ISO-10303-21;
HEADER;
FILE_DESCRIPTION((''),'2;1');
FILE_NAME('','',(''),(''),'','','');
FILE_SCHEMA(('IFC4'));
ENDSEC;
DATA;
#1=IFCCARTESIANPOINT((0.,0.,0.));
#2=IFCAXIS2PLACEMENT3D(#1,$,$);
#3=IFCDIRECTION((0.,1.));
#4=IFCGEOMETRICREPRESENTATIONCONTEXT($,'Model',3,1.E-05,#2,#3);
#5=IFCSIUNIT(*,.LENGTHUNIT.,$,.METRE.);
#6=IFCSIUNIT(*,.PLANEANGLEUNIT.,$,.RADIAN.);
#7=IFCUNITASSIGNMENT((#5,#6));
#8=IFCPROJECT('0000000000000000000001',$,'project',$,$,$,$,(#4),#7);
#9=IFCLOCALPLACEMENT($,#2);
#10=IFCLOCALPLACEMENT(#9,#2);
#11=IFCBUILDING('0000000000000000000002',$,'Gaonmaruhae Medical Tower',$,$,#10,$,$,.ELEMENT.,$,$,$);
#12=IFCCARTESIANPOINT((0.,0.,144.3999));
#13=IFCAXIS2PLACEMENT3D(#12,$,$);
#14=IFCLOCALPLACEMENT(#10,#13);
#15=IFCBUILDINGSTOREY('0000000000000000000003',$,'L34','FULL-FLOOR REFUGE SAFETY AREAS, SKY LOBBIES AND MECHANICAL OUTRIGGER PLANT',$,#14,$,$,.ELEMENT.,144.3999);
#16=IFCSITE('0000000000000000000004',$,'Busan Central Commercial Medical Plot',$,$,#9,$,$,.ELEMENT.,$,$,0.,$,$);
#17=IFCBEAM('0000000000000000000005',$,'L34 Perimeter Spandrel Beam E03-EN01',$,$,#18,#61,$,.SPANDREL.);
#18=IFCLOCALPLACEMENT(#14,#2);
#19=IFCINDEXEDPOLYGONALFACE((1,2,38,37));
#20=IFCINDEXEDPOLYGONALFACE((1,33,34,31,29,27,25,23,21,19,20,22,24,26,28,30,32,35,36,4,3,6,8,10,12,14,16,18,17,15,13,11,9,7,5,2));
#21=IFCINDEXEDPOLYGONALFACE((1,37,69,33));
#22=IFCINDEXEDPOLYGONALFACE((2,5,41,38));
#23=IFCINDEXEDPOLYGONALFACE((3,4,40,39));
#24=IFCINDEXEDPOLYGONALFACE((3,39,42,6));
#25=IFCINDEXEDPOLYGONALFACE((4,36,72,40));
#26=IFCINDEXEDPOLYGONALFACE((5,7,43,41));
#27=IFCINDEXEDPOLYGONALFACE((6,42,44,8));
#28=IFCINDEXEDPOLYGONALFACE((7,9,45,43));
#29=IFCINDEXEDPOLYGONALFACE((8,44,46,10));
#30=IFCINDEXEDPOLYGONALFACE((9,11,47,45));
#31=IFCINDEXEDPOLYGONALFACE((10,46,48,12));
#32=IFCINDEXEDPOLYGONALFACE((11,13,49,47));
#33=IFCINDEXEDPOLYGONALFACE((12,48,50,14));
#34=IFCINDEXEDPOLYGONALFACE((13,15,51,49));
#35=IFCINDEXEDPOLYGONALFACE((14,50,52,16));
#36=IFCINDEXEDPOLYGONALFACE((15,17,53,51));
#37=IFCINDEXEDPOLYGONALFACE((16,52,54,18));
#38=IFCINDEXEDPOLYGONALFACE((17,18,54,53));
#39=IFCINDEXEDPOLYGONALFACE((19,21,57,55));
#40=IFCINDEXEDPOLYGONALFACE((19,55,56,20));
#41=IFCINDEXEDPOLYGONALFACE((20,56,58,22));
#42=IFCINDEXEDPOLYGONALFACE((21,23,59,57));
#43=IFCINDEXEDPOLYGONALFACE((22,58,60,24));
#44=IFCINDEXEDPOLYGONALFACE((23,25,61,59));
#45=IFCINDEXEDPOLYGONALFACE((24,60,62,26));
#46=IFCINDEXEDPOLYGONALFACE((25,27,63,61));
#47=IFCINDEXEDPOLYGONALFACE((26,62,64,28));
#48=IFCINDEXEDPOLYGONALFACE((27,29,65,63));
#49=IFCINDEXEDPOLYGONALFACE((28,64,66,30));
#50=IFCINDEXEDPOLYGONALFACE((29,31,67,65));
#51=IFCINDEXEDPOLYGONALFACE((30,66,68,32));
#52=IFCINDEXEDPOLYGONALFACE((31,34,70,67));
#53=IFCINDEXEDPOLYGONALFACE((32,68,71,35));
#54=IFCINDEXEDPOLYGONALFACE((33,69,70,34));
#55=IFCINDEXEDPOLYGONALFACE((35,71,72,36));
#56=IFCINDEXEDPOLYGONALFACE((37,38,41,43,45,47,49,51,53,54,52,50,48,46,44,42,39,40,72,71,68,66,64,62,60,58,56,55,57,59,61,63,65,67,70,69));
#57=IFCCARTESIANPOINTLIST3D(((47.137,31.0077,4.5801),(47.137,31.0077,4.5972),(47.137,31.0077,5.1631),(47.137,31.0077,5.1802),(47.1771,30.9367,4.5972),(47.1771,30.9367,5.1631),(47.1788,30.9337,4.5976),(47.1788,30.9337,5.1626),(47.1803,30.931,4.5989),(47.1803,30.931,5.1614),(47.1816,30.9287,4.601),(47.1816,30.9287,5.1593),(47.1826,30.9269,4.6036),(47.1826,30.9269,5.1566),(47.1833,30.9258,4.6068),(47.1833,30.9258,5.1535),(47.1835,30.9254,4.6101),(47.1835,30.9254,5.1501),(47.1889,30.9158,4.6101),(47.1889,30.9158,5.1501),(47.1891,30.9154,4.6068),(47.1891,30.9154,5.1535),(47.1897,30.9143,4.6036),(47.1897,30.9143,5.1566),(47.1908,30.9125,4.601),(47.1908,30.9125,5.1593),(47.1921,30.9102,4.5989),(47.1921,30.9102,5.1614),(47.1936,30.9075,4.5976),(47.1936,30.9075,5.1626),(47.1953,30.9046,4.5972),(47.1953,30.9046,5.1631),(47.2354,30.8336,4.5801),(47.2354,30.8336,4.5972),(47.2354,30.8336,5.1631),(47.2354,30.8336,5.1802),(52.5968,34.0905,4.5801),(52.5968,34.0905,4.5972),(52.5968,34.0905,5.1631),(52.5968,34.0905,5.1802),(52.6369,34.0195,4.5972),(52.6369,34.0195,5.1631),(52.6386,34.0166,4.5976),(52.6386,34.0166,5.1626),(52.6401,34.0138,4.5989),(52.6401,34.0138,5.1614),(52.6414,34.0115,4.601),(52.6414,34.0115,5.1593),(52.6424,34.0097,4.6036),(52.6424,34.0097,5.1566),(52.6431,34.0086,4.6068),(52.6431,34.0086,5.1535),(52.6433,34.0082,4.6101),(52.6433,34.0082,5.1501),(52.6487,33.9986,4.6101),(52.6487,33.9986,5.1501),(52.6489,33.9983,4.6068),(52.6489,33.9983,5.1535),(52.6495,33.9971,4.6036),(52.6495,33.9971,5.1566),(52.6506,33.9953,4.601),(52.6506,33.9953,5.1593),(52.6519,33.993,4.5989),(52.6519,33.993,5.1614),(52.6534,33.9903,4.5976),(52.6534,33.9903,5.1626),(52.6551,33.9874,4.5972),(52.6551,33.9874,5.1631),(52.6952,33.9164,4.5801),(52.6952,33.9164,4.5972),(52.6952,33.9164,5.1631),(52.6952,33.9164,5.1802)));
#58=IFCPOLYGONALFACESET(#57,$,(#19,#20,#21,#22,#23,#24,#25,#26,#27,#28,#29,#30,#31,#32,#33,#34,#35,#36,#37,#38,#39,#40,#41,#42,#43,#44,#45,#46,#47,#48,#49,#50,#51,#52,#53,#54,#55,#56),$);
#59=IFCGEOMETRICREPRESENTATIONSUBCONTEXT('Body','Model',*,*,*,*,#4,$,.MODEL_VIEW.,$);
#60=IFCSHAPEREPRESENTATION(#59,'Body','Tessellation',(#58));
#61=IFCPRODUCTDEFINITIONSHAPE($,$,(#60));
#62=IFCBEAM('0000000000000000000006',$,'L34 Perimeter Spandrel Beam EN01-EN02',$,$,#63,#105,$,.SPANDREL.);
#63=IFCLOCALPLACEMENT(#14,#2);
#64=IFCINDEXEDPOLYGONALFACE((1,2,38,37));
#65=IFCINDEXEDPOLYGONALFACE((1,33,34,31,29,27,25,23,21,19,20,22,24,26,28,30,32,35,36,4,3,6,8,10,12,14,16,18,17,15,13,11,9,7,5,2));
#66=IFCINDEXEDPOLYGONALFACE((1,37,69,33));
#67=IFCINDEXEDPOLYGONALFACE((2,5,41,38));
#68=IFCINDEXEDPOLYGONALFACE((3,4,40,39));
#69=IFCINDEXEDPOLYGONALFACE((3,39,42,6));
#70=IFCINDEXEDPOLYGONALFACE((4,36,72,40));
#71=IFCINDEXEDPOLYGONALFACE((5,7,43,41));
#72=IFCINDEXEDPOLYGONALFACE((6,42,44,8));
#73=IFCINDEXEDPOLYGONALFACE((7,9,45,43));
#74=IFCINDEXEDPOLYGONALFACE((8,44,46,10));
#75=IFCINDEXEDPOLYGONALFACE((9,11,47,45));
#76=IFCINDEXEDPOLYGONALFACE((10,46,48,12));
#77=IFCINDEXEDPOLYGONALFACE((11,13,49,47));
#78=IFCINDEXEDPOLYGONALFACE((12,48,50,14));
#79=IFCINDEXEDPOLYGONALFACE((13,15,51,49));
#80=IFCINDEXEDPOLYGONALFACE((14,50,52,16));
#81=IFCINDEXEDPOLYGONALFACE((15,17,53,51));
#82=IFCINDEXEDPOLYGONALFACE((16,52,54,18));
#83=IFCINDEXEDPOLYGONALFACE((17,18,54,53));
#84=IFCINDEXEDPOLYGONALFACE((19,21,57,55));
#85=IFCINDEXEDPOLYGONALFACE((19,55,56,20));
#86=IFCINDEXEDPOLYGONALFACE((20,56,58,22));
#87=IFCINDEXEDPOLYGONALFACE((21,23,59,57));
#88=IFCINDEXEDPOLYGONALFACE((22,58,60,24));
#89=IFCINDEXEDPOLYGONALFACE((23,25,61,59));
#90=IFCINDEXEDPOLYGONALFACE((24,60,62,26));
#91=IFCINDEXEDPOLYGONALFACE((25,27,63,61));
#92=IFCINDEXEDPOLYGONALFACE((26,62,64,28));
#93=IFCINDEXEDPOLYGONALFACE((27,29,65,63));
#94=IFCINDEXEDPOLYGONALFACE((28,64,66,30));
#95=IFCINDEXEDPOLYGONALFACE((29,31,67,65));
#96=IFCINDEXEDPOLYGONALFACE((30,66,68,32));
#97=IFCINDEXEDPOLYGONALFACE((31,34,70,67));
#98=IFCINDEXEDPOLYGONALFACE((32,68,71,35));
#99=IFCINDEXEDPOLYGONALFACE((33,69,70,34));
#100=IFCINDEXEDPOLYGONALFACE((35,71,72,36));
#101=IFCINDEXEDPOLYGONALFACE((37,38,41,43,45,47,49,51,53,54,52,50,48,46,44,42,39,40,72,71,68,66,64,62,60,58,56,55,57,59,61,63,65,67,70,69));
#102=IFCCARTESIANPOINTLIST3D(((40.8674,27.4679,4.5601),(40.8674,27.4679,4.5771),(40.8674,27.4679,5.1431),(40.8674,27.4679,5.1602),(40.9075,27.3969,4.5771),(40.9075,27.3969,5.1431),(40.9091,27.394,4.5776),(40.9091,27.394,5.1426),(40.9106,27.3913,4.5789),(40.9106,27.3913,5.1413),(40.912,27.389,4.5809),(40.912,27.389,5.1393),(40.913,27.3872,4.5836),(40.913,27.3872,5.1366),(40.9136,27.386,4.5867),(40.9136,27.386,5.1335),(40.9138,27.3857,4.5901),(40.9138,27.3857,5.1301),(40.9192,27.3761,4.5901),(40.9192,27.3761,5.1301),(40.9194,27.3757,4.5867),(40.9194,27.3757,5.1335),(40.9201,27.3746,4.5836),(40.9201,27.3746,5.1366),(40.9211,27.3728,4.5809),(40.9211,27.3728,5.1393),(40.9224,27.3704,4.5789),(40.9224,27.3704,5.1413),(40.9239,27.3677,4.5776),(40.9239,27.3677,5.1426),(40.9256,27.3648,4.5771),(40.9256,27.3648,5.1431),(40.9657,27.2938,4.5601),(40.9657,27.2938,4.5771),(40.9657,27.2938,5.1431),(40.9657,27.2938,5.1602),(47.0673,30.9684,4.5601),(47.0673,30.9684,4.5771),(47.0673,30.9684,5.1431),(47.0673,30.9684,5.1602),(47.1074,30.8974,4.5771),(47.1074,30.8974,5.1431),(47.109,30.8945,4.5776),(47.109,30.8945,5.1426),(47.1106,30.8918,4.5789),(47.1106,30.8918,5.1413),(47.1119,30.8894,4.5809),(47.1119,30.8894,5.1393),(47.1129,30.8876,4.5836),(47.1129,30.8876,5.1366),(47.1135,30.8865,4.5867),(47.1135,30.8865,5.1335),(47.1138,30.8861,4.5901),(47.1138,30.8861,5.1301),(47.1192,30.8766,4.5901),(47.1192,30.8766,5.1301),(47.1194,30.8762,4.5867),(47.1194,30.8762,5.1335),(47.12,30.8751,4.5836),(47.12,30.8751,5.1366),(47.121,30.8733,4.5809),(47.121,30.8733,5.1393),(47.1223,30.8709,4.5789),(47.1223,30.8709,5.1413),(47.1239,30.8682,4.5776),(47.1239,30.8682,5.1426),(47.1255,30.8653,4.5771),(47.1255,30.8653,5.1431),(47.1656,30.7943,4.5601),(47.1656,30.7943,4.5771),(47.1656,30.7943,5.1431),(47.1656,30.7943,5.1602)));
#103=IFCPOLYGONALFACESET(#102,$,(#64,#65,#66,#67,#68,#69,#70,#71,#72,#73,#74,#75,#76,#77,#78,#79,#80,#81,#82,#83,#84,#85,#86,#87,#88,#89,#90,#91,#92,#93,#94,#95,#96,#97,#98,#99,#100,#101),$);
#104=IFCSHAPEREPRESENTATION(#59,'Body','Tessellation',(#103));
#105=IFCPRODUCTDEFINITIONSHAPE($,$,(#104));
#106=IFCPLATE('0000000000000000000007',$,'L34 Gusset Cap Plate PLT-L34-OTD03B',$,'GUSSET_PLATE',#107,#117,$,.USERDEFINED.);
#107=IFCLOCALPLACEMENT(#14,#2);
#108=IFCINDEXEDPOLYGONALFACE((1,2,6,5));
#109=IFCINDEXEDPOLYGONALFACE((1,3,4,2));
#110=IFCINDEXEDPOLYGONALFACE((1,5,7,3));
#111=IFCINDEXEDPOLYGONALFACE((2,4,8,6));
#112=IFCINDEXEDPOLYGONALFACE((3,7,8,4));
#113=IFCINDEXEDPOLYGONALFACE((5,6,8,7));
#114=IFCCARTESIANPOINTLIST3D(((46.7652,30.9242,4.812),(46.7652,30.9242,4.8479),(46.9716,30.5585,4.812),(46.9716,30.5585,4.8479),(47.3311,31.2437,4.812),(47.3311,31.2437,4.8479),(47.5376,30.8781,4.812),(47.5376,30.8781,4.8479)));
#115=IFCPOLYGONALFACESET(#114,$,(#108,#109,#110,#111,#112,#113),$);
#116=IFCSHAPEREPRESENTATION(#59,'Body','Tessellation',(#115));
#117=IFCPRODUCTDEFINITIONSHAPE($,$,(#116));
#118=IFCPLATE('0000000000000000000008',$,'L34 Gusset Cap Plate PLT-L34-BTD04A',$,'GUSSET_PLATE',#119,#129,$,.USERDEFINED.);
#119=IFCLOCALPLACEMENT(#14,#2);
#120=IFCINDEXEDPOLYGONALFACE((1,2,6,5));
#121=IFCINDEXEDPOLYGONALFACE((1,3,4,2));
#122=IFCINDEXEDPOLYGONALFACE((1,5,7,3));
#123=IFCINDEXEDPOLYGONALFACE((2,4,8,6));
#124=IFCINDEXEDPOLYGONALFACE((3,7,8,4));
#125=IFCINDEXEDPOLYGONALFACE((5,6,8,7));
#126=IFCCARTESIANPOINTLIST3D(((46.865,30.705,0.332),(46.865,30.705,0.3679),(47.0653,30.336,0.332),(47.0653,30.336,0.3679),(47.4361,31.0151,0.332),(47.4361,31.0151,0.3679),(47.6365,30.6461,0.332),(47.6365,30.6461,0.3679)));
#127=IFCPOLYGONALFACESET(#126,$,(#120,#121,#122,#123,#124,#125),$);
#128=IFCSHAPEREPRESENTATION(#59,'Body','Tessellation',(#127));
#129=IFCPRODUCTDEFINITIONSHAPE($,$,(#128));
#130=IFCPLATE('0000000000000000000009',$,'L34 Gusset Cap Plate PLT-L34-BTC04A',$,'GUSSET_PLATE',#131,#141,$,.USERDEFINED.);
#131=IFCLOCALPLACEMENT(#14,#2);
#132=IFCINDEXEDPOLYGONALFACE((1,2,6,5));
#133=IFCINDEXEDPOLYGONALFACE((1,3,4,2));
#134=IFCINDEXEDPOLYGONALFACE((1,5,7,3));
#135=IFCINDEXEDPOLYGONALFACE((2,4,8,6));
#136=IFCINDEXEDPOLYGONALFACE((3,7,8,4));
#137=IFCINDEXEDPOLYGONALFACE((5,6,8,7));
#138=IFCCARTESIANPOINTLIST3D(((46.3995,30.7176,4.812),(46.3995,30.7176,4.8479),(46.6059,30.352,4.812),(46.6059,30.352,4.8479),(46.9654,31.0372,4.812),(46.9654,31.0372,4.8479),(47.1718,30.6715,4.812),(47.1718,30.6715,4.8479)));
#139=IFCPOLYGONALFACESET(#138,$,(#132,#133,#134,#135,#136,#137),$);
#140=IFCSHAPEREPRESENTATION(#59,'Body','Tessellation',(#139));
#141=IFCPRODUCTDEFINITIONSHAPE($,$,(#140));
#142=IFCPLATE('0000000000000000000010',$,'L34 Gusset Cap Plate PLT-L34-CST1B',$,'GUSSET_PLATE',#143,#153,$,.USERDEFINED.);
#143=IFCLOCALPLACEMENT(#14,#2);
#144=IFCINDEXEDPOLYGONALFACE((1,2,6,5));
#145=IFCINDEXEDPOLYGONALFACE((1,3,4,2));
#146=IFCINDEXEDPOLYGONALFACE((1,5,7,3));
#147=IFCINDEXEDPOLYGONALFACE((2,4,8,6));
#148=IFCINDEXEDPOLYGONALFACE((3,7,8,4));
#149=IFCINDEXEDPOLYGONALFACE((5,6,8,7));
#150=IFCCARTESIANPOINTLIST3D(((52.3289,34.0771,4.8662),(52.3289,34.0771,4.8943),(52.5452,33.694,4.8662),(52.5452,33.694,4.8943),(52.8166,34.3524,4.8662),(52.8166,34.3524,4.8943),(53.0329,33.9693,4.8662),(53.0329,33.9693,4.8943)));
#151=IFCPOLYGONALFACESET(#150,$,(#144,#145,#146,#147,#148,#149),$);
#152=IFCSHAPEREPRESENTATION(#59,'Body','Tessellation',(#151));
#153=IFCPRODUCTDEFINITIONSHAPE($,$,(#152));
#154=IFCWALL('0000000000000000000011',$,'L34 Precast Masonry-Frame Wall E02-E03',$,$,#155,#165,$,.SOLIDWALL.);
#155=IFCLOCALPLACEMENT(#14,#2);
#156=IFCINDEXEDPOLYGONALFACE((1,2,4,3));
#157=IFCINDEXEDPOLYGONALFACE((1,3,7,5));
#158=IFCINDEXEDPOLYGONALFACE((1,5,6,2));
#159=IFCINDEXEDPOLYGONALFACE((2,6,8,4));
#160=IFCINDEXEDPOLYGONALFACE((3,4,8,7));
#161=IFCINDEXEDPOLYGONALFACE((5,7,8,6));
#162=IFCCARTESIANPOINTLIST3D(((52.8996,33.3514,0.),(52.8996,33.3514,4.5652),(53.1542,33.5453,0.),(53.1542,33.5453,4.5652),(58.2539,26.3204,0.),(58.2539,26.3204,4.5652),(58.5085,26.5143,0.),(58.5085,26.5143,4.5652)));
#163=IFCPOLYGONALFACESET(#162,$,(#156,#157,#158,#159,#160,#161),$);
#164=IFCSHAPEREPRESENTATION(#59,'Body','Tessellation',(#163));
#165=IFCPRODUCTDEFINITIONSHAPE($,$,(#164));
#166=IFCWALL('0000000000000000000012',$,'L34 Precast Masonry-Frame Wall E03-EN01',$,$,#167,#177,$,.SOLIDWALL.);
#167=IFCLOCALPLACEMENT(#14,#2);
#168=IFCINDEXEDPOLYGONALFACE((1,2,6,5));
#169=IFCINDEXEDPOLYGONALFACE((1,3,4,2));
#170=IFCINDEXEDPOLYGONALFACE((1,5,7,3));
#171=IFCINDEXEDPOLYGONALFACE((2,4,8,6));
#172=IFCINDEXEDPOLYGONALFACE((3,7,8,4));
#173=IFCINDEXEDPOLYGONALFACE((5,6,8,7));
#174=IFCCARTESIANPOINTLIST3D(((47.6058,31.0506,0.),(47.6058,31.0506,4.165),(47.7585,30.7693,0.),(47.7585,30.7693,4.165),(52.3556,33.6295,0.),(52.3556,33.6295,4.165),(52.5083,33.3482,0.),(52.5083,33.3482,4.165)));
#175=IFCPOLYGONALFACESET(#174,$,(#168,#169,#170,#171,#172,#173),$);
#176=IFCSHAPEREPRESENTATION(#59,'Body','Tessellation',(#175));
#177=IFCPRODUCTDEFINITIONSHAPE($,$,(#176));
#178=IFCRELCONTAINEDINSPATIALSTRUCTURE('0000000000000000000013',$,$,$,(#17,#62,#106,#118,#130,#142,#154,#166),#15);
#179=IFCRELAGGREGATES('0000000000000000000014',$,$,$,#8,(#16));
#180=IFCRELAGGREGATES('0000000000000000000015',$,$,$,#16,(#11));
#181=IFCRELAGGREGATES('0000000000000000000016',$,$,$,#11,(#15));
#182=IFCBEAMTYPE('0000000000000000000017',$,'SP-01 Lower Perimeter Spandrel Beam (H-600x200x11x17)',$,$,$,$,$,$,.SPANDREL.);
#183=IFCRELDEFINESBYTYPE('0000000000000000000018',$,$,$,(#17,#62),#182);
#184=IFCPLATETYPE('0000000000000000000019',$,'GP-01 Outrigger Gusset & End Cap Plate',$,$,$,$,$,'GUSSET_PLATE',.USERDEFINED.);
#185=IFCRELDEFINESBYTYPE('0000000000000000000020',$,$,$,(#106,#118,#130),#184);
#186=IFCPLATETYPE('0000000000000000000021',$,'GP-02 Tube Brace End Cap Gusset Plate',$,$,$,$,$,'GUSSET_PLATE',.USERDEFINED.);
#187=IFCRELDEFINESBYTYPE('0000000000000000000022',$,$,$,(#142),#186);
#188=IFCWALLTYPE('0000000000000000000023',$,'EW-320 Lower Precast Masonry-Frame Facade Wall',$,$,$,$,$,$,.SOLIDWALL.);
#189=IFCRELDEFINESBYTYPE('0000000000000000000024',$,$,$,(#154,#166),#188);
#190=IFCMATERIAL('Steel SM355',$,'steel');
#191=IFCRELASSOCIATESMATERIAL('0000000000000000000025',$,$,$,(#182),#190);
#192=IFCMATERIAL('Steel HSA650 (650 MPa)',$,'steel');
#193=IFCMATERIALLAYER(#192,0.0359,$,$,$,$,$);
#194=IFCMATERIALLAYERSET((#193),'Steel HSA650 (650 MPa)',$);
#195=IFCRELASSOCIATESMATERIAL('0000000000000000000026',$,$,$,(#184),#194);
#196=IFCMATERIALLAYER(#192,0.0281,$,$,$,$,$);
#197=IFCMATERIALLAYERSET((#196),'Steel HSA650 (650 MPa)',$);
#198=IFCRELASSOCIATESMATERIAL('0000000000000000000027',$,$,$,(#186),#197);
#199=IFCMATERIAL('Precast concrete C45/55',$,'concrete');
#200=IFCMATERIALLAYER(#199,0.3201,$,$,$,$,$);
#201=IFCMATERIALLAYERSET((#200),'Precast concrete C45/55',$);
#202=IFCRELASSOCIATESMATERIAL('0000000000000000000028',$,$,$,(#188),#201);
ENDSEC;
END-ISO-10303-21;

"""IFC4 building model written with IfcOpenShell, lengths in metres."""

from ifc_helpers import new_model, si_unit, direction, frame, frame_2d, origin, origin_2d, place, context, subcontext, project, spatial, rectangle, i_section, extrude, material, layer, layer_set, material_profile, profile_set, type_object, element, save


model = new_model("IFC4")

# Units and contexts
model_context = context("Model", 3, precision=1e-05, world=origin(), true_north=direction((0.0, 1.0)))
body_context = subcontext(model_context, "Body", "Model", "MODEL_VIEW")
ifc_project = project(units=[si_unit("LENGTHUNIT", "METRE"), si_unit("PLANEANGLEUNIT", "RADIAN")], contexts=[model_context])

# Site, building, storey
site_placement = place(None, origin())
site = spatial("IfcSite", under=ifc_project, at=site_placement, Name="Busan Central Commercial Medical Plot", CompositionType="ELEMENT", RefElevation=0.0)
building_placement = place(site_placement, origin())
building = spatial("IfcBuilding", under=site, at=building_placement, Name="Gaonmaruhae Medical Tower", CompositionType="ELEMENT")
storey_placement = place(building_placement, frame((0.0, 0.0, 144.3999)))
storey = spatial("IfcBuildingStorey", under=building, at=storey_placement, Name="L34", Description="FULL-FLOOR REFUGE SAFETY AREAS, SKY LOBBIES AND MECHANICAL OUTRIGGER PLANT", CompositionType="ELEMENT", Elevation=144.3999)

# Shared definitions
ifc_material_1 = material(Name="Steel HSA650 (650 MPa)", Category="steel")

# Beams
ifc_material_2 = material(Name="Steel SM355", Category="steel")
ifc_material_profile_1 = material_profile(ifc_material_2, i_section(OverallWidth=0.2, OverallDepth=0.6001, WebThickness=0.011, FlangeThickness=0.0171, FilletRadius=0.0129, at=origin_2d()), Name="H-600x200x11x17")
ifc_profile_set_1 = profile_set([ifc_material_profile_1], Name="Steel SM355")
beam_type = type_object("IfcBeamType", Name="SP-01 Lower Perimeter Spandrel Beam (H-600x200x11x17)", PredefinedType="SPANDREL", material=ifc_profile_set_1)
beam_1_placement = place(storey_placement, frame((52.646, 34.0034, 4.8801), z_axis=(-0.870779, -0.491675, 0.0), x_axis=(0.491675, -0.870779, 0.0)))
element("IfcBeam", 1, at=beam_1_placement, inside=storey, type_object=beam_type, Name="L34 Perimeter Spandrel Beam E03-EN01", PredefinedType="SPANDREL", context=body_context, shape_type="SweptSolid", body=[
    extrude(i_section(OverallWidth=0.2, OverallDepth=0.6001, WebThickness=0.011, FlangeThickness=0.0171, FilletRadius=0.0129, at=origin_2d()), origin(), (0.0, 0.0, 1.0), 6.27),
])
beam_2_placement = place(storey_placement, frame((47.1165, 30.8813, 4.8601), z_axis=(-0.870793, -0.491649, 0.0), x_axis=(0.491649, -0.870793, 0.0)))
element("IfcBeam", 2, at=beam_2_placement, inside=storey, type_object=beam_type, Name="L34 Perimeter Spandrel Beam EN01-EN02", PredefinedType="SPANDREL", context=body_context, shape_type="SweptSolid", body=[
    extrude(i_section(OverallWidth=0.2, OverallDepth=0.6001, WebThickness=0.011, FlangeThickness=0.0171, FilletRadius=0.0129, at=origin_2d()), origin(), (0.0, 0.0, 1.0), 7.1199),
])

# Plates
ifc_layer_1 = layer(ifc_material_1, 0.0359)
ifc_layer_set_1 = layer_set([ifc_layer_1], Name="Steel HSA650 (650 MPa)")
plate_type_1 = type_object("IfcPlateType", Name="GP-01 Outrigger Gusset & End Cap Plate", ElementType="GUSSET_PLATE", PredefinedType="USERDEFINED", material=ifc_layer_set_1)
for number, where, z_axis, x_axis, name in (
    (3, (47.1514, 30.9011, 4.812), (0.0, 0.0, 1.0), (0.870785, 0.491664, 0.0), "L34 Gusset Cap Plate PLT-L34-OTD03B"),
    (4, (47.2507, 30.6755, 0.332), (0.0, 0.0, 1.0), (0.878817, 0.477159, 0.0), "L34 Gusset Cap Plate PLT-L34-BTD04A"),
    (5, (46.7856, 30.6946, 4.812), (0.0, 0.0, 1.0), (0.870785, 0.491664, 0.0), "L34 Gusset Cap Plate PLT-L34-BTC04A"),
):
    element("IfcPlate", number, at=place(storey_placement, frame(where, z_axis=z_axis, x_axis=x_axis)), inside=storey, type_object=plate_type_1, Name=name, ObjectType="GUSSET_PLATE", PredefinedType="USERDEFINED", context=body_context, shape_type="SweptSolid", body=[
        extrude(rectangle(XDim=0.6499, YDim=0.4199, at=origin_2d()), origin(), (0.0, 0.0, 1.0), 0.0359),
    ])
ifc_layer_2 = layer(ifc_material_1, 0.0281)
ifc_layer_set_2 = layer_set([ifc_layer_2], Name="Steel HSA650 (650 MPa)")
plate_type_2 = type_object("IfcPlateType", Name="GP-02 Tube Brace End Cap Gusset Plate", ElementType="GUSSET_PLATE", PredefinedType="USERDEFINED", material=ifc_layer_set_2)
plate_placement = place(storey_placement, frame((52.6809, 34.0232, 4.8662), z_axis=(0.0, 0.0, 1.0), x_axis=(0.870785, 0.491664, 0.0)))
element("IfcPlate", 6, at=plate_placement, inside=storey, type_object=plate_type_2, Name="L34 Gusset Cap Plate PLT-L34-CST1B", ObjectType="GUSSET_PLATE", PredefinedType="USERDEFINED", context=body_context, shape_type="SweptSolid", body=[
    extrude(rectangle(XDim=0.5601, YDim=0.4399, at=origin_2d()), origin(), (0.0, 0.0, 1.0), 0.0281),
])

# Walls
ifc_material_3 = material(Name="Precast concrete C45/55", Category="concrete")
ifc_layer_3 = layer(ifc_material_3, 0.3201)
ifc_layer_set_3 = layer_set([ifc_layer_3], Name="Precast concrete C45/55")
wall_type_1 = type_object("IfcWallType", Name="EW-320 Lower Precast Masonry-Frame Facade Wall", PredefinedType="SOLIDWALL", material=ifc_layer_set_3)
wall_1_placement = place(storey_placement, frame((53.0269, 33.4485, 0.0), z_axis=(0.0, 0.0, 1.0), x_axis=(0.605849, -0.795579, 0.0)))
element("IfcWall", 7, at=wall_1_placement, inside=storey, type_object=wall_type_1, Name="L34 Precast Masonry-Frame Wall E02-E03", PredefinedType="SOLIDWALL", context=body_context, shape_type="SweptSolid", body=[
    extrude(rectangle(XDim=8.8376, YDim=0.3201, at=frame_2d((4.4189, 0.0))), origin(), (0.0, 0.0, 1.0), 4.5652),
])
wall_2_placement = place(storey_placement, frame((47.6821, 30.9099, 0.0), z_axis=(0.0, 0.0, 1.0), x_axis=(0.878821, 0.477152, 0.0)))
element("IfcWall", 8, at=wall_2_placement, inside=storey, type_object=wall_type_1, Name="L34 Precast Masonry-Frame Wall E03-EN01", PredefinedType="SOLIDWALL", context=body_context, shape_type="SweptSolid", body=[
    extrude(rectangle(XDim=5.4048, YDim=0.3201, at=frame_2d((2.7024, 0.0))), origin(), (0.0, 0.0, 1.0), 4.165),
])

save(model, "model.ifc")
